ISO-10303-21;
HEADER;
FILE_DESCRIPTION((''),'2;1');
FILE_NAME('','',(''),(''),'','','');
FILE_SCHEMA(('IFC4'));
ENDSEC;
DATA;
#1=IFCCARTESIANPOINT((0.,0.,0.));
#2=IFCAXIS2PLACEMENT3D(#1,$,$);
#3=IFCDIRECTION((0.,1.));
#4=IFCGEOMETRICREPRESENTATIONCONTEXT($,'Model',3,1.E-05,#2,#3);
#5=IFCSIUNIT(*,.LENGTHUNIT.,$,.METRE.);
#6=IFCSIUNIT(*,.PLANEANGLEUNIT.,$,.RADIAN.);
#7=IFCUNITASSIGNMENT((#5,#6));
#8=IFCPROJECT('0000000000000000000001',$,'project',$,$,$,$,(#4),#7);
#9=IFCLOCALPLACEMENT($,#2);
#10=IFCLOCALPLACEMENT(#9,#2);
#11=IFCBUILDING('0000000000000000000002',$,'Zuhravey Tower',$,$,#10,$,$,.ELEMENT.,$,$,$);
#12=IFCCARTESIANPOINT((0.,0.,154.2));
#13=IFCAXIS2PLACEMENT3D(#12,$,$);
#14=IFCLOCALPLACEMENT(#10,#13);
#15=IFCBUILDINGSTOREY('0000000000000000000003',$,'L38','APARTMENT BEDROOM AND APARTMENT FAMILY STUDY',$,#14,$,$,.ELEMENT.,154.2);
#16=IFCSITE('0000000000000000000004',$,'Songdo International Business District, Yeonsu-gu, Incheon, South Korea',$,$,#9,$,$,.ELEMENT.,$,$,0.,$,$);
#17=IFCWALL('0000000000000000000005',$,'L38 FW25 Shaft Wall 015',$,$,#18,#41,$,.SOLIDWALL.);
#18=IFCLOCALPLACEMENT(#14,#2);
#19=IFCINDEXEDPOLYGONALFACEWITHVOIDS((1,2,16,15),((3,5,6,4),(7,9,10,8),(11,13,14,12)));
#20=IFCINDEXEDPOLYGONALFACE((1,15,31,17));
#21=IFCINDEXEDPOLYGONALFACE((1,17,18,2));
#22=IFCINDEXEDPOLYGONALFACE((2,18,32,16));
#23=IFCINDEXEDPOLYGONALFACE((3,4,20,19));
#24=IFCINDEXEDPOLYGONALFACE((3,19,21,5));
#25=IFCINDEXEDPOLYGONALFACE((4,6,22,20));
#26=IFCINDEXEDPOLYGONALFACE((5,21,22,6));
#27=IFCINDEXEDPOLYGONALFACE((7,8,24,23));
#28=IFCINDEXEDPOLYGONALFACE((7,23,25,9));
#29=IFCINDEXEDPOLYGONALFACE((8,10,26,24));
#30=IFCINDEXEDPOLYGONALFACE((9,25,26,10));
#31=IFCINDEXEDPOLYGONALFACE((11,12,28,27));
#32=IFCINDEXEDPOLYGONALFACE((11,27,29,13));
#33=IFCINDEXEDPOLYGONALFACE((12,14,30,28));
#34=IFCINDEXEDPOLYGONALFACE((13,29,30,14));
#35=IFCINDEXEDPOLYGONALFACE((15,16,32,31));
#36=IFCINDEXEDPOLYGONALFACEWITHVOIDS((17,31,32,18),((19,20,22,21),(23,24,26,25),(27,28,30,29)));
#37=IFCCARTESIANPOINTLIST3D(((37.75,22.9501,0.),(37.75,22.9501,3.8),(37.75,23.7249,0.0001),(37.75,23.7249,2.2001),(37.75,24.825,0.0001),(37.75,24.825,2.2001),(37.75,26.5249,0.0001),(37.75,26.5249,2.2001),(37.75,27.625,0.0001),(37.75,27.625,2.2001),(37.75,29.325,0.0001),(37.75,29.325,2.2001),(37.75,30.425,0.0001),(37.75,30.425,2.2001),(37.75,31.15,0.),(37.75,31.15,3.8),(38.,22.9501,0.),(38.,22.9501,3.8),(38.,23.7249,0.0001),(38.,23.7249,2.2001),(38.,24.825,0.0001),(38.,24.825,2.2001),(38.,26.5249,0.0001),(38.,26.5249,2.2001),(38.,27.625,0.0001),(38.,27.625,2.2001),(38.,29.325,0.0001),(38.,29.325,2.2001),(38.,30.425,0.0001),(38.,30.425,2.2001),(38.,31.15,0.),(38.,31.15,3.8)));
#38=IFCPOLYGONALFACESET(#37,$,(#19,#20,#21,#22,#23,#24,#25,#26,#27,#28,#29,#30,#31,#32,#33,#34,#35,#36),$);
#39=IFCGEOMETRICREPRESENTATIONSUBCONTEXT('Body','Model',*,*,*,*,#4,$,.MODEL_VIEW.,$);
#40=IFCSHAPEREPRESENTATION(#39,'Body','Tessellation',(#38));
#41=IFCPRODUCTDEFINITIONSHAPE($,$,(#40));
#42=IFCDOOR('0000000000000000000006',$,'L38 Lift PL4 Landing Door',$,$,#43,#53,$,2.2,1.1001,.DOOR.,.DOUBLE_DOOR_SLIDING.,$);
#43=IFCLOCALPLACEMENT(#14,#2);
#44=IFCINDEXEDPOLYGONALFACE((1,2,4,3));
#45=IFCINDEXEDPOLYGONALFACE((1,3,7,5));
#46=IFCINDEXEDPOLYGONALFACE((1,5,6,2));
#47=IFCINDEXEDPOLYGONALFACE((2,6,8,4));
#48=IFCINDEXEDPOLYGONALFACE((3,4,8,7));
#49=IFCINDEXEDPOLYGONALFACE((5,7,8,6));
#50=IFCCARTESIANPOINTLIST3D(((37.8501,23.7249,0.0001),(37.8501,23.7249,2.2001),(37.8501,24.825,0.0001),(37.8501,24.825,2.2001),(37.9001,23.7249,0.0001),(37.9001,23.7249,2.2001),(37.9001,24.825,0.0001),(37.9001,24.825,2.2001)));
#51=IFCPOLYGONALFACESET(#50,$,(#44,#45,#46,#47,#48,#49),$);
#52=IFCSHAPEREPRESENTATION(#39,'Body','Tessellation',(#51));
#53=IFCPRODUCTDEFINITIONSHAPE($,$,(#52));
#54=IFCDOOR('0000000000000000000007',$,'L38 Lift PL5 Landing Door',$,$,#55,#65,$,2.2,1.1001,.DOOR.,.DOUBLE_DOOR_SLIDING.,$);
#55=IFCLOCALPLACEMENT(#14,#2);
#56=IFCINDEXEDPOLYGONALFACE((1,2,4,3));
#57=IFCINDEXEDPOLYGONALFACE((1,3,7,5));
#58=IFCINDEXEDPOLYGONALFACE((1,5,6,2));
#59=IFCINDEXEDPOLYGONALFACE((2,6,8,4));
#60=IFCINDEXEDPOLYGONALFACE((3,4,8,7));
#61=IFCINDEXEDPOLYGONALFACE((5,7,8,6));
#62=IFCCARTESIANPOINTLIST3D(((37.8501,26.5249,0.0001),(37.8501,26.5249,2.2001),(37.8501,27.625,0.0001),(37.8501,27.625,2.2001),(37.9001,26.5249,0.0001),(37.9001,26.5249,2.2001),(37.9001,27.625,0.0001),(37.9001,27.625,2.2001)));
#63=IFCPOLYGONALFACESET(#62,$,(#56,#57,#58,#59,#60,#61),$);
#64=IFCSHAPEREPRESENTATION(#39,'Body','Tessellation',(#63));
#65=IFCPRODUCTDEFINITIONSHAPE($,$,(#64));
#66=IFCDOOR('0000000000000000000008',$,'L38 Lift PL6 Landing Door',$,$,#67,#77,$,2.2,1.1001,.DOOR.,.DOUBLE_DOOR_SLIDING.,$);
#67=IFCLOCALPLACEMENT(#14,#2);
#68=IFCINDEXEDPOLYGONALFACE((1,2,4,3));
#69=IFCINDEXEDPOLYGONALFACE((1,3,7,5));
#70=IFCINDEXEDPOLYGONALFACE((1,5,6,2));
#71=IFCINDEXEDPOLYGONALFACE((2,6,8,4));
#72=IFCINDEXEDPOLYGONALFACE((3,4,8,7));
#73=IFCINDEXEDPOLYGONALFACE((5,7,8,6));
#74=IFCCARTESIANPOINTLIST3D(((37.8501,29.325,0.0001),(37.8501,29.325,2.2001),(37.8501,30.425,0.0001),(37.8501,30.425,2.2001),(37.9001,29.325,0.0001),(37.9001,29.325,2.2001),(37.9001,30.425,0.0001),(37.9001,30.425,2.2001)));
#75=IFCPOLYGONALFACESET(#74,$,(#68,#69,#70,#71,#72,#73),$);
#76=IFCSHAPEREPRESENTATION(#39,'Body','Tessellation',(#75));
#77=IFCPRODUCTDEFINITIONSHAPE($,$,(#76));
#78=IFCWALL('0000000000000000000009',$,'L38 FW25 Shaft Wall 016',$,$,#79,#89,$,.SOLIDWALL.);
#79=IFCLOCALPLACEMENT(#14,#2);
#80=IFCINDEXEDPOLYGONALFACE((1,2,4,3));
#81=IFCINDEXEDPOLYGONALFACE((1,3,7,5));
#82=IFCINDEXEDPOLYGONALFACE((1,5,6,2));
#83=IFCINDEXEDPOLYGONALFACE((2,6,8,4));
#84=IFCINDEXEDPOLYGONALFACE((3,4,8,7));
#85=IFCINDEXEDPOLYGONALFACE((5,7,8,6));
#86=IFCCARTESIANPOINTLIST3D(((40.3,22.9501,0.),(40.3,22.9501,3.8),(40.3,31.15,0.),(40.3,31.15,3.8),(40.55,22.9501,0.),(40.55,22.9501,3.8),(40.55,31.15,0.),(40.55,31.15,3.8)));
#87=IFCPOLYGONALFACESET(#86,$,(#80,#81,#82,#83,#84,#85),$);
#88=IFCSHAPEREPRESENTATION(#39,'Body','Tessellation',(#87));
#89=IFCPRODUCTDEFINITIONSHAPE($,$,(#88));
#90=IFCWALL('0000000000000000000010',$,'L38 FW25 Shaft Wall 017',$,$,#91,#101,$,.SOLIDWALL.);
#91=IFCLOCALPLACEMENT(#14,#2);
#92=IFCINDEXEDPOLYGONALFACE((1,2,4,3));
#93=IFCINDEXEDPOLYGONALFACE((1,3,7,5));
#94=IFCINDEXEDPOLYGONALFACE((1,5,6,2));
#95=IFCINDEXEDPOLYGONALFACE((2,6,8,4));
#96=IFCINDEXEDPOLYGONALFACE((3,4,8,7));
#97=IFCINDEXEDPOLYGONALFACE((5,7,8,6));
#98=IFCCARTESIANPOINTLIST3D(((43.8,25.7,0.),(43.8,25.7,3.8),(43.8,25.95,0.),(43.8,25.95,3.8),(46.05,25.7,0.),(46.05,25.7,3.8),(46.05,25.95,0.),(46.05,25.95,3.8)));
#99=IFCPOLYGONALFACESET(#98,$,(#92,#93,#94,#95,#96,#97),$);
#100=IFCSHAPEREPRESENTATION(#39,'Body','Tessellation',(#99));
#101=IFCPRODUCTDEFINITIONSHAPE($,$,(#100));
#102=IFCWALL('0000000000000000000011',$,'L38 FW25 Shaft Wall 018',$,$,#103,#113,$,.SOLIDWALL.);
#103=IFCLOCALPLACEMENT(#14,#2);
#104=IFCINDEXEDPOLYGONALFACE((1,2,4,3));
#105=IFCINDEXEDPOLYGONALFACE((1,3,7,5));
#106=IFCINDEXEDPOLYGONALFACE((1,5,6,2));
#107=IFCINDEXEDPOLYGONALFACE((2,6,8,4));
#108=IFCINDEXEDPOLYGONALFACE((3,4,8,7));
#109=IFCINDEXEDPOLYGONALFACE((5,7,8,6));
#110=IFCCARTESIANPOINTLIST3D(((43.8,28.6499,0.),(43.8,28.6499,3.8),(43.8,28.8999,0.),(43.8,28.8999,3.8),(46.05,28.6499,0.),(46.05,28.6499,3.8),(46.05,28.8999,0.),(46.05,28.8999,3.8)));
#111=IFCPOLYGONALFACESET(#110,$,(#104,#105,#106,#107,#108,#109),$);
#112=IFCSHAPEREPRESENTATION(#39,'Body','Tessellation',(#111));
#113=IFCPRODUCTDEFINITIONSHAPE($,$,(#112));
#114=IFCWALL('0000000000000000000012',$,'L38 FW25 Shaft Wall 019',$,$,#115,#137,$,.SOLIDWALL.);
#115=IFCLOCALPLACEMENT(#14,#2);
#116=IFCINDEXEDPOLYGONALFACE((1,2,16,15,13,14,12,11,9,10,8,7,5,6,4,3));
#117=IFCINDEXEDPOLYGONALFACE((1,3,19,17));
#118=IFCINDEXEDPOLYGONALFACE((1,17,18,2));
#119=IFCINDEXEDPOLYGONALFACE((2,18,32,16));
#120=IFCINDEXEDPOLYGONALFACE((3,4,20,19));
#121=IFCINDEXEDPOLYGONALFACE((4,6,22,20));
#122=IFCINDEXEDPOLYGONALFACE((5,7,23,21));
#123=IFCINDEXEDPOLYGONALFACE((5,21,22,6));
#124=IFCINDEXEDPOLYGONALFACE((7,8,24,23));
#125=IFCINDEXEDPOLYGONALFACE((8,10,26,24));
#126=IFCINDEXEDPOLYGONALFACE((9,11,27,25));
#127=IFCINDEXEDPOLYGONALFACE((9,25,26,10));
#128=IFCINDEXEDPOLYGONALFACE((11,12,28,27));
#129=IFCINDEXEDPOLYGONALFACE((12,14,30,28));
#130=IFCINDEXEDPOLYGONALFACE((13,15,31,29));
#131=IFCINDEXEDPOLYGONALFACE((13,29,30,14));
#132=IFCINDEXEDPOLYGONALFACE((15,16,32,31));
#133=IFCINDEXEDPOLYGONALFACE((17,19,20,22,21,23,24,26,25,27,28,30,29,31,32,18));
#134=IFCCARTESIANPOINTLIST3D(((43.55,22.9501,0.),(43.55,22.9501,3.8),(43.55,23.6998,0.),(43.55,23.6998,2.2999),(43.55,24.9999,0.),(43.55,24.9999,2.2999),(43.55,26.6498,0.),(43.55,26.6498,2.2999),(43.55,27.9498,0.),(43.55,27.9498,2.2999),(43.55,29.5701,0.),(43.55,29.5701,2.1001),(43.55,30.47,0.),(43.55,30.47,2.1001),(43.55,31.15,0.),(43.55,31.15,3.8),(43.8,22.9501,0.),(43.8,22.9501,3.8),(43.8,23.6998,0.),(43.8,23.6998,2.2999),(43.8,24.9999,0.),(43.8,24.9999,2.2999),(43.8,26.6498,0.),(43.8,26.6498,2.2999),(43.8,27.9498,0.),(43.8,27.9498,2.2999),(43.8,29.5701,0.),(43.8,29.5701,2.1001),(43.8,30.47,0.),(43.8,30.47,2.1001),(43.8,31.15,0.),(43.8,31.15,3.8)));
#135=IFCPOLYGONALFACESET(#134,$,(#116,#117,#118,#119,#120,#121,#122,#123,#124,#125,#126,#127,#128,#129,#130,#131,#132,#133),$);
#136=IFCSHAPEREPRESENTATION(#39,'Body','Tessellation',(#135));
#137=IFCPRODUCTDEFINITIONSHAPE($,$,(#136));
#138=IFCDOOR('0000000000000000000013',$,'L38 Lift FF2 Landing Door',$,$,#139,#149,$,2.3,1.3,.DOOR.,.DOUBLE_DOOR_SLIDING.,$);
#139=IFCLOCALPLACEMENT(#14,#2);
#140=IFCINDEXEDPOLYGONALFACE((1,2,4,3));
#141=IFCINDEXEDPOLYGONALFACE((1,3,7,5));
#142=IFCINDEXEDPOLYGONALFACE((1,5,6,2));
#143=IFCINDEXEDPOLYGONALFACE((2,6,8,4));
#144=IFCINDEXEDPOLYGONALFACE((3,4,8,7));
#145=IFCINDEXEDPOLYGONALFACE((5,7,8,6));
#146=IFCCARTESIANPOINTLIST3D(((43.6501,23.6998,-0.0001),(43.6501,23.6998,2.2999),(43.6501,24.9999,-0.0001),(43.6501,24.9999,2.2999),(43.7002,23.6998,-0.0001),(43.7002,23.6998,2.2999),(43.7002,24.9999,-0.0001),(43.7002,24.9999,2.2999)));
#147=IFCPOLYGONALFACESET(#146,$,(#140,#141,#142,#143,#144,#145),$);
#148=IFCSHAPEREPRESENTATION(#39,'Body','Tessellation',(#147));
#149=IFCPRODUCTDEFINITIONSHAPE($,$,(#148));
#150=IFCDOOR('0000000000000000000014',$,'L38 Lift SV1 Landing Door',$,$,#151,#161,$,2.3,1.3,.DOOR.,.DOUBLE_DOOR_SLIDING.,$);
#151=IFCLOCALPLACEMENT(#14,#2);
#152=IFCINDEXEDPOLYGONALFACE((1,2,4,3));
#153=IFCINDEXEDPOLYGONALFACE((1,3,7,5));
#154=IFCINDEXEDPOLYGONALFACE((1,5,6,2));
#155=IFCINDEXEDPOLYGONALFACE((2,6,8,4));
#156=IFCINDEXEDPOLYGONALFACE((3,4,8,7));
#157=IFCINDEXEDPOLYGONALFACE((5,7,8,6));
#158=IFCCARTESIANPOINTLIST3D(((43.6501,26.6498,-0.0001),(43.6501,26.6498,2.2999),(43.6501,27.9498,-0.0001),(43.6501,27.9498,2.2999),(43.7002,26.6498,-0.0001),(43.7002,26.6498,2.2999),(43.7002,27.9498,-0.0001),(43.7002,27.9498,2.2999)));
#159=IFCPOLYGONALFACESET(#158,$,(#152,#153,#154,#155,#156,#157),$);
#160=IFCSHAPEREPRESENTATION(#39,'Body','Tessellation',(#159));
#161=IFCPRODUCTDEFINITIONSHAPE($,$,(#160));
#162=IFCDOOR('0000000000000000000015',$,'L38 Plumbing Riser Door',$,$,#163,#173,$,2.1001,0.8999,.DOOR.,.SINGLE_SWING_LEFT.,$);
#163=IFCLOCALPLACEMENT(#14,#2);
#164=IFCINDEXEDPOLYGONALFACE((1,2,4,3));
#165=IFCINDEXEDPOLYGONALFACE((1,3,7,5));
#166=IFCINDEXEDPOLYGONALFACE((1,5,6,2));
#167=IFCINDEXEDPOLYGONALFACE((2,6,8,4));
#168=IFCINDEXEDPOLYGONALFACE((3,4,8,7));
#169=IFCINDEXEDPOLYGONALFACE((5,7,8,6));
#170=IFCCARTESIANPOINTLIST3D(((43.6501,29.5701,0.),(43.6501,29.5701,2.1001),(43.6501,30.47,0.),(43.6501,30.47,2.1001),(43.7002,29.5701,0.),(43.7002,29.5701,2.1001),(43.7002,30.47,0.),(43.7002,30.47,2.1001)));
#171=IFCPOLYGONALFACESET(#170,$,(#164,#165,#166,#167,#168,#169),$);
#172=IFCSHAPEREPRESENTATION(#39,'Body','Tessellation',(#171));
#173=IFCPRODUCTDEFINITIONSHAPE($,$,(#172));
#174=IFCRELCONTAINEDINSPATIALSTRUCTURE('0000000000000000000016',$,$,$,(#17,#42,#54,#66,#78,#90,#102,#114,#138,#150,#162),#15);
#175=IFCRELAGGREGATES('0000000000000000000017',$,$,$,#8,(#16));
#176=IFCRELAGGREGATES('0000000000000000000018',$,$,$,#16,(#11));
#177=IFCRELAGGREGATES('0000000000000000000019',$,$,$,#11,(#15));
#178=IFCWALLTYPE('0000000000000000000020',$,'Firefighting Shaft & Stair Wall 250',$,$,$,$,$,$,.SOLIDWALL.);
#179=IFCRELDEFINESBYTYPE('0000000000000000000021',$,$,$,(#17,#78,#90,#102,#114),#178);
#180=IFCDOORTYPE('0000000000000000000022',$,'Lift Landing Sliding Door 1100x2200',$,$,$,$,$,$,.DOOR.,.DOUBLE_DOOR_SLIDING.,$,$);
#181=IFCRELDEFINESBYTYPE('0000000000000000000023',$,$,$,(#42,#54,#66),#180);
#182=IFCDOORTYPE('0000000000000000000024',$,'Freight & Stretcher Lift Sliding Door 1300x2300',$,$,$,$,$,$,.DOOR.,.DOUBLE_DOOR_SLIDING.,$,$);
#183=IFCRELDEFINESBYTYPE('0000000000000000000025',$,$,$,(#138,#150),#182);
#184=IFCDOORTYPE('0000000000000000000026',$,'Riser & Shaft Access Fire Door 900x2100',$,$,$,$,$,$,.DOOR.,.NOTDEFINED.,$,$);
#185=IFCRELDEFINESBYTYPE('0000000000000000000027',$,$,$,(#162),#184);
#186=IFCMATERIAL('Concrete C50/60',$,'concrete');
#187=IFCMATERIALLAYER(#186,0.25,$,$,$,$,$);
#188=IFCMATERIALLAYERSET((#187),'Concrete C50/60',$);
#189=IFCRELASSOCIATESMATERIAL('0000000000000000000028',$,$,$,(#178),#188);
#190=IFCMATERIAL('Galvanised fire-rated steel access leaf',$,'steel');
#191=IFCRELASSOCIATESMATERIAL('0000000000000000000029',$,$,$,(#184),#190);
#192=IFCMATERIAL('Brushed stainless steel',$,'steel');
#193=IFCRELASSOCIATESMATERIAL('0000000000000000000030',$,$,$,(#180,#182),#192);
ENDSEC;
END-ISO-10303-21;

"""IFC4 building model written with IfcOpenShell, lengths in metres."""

from ifc_helpers import new_model, si_unit, direction, frame, frame_2d, origin, place, context, subcontext, project, spatial, rectangle, extrude, material, layer, layer_set, type_object, element, fill, save


model = new_model("IFC4")

# Units and contexts
model_context = context("Model", 3, precision=1e-05, world=origin(), true_north=direction((0.0, 1.0)))
body_context = subcontext(model_context, "Body", "Model", "MODEL_VIEW")
ifc_project = project(units=[si_unit("LENGTHUNIT", "METRE"), si_unit("PLANEANGLEUNIT", "RADIAN")], contexts=[model_context])

# Site, building, storey
site_placement = place(None, origin())
site = spatial("IfcSite", under=ifc_project, at=site_placement, Name="Songdo International Business District, Yeonsu-gu, Incheon, South Korea", CompositionType="ELEMENT", RefElevation=0.0)
building_placement = place(site_placement, origin())
building = spatial("IfcBuilding", under=site, at=building_placement, Name="Zuhravey Tower", CompositionType="ELEMENT")
storey_placement = place(building_placement, frame((0.0, 0.0, 154.2)))
storey = spatial("IfcBuildingStorey", under=building, at=storey_placement, Name="L38", Description="APARTMENT BEDROOM AND APARTMENT FAMILY STUDY", CompositionType="ELEMENT", Elevation=154.2)

# Shared definitions
ifc_material_1 = material(Name="Concrete C50/60", Category="concrete")
ifc_layer_1 = layer(ifc_material_1, 0.25)
ifc_layer_set_1 = layer_set([ifc_layer_1], Name="Concrete C50/60")
wall_type_1 = type_object("IfcWallType", Name="Firefighting Shaft & Stair Wall 250", PredefinedType="SOLIDWALL", material=ifc_layer_set_1)

# Shared definitions
ifc_material_2 = material(Name="Galvanised fire-rated steel access leaf", Category="steel")
door_type_1 = type_object("IfcDoorType", Name="Riser & Shaft Access Fire Door 900x2100", OperationType="NOTDEFINED", PredefinedType="DOOR", material=ifc_material_2)

# Wall, openings, doors
wall_1_placement = place(storey_placement, frame((37.875, 22.95, 0.0), z_axis=(0.0, 0.0, 1.0), x_axis=(0.0, 1.0, 0.0)))
wall_1 = element("IfcWall", 1, at=wall_1_placement, inside=storey, type_object=wall_type_1, Name="L38 FW25 Shaft Wall 015", PredefinedType="SOLIDWALL", context=body_context, shape_type="SweptSolid", body=[
    extrude(rectangle(XDim=8.2, YDim=0.25, at=frame_2d((4.1001, 0.0))), origin(), (0.0, 0.0, 1.0), 3.8),
])
opening_1_placement = place(wall_1_placement, frame((0.7749, 0.0, 0.0)))
opening_1 = element("IfcOpeningElement", 2, at=opening_1_placement, cuts=wall_1, PredefinedType="OPENING", context=body_context, shape_type="SweptSolid", body=[
    extrude(rectangle(XDim=1.1001, YDim=2.2, at=frame_2d((0.55, 1.1001))), frame((0.0, 0.137, 0.0), z_axis=(0.0, -1.0, 0.0), x_axis=(1.0, 0.0, 0.0)), (0.0, 0.0, 1.0), 0.2739),
])
opening_2_placement = place(wall_1_placement, frame((3.575, 0.0, 0.0)))
opening_2 = element("IfcOpeningElement", 3, at=opening_2_placement, cuts=wall_1, PredefinedType="OPENING", context=body_context, shape_type="SweptSolid", body=[
    extrude(rectangle(XDim=1.1001, YDim=2.2, at=frame_2d((0.55, 1.1001))), frame((0.0, 0.137, 0.0), z_axis=(0.0, -1.0, 0.0), x_axis=(1.0, 0.0, 0.0)), (0.0, 0.0, 1.0), 0.2739),
])
opening_3_placement = place(wall_1_placement, frame((6.375, 0.0, 0.0)))
opening_3 = element("IfcOpeningElement", 4, at=opening_3_placement, cuts=wall_1, PredefinedType="OPENING", context=body_context, shape_type="SweptSolid", body=[
    extrude(rectangle(XDim=1.1001, YDim=2.2, at=frame_2d((0.55, 1.1001))), frame((0.0, 0.137, 0.0), z_axis=(0.0, -1.0, 0.0), x_axis=(1.0, 0.0, 0.0)), (0.0, 0.0, 1.0), 0.2739),
])
ifc_material_3 = material(Name="Brushed stainless steel", Category="steel")
door_type_2 = type_object("IfcDoorType", Name="Lift Landing Sliding Door 1100x2200", OperationType="DOUBLE_DOOR_SLIDING", PredefinedType="DOOR", material=ifc_material_3)
door_1_placement = place(opening_1_placement, origin())
door_1 = element("IfcDoor", 5, at=door_1_placement, inside=storey, type_object=door_type_2, Name="L38 Lift PL4 Landing Door", OperationType="DOUBLE_DOOR_SLIDING", OverallHeight=2.2, OverallWidth=1.1001, PredefinedType="DOOR", context=body_context, shape_type="SweptSolid", body=[
    extrude(rectangle(XDim=1.1001, YDim=2.2, at=frame_2d((0.55, 1.1001))), frame((0.0, 0.0249, 0.0), z_axis=(0.0, -1.0, 0.0), x_axis=(1.0, 0.0, 0.0)), (0.0, 0.0, 1.0), 0.05),
])
fill(opening_1, door_1)
door_2_placement = place(opening_2_placement, origin())
door_2 = element("IfcDoor", 6, at=door_2_placement, inside=storey, type_object=door_type_2, Name="L38 Lift PL5 Landing Door", OperationType="DOUBLE_DOOR_SLIDING", OverallHeight=2.2, OverallWidth=1.1001, PredefinedType="DOOR", context=body_context, shape_type="SweptSolid", body=[
    extrude(rectangle(XDim=1.1001, YDim=2.2, at=frame_2d((0.55, 1.1001))), frame((0.0, 0.0249, 0.0), z_axis=(0.0, -1.0, 0.0), x_axis=(1.0, 0.0, 0.0)), (0.0, 0.0, 1.0), 0.05),
])
fill(opening_2, door_2)
door_3_placement = place(opening_3_placement, origin())
door_3 = element("IfcDoor", 7, at=door_3_placement, inside=storey, type_object=door_type_2, Name="L38 Lift PL6 Landing Door", OperationType="DOUBLE_DOOR_SLIDING", OverallHeight=2.2, OverallWidth=1.1001, PredefinedType="DOOR", context=body_context, shape_type="SweptSolid", body=[
    extrude(rectangle(XDim=1.1001, YDim=2.2, at=frame_2d((0.55, 1.1001))), frame((0.0, 0.0249, 0.0), z_axis=(0.0, -1.0, 0.0), x_axis=(1.0, 0.0, 0.0)), (0.0, 0.0, 1.0), 0.05),
])
fill(opening_3, door_3)

# Walls
wall_2_placement = place(storey_placement, frame((40.425, 22.95, 0.0), z_axis=(0.0, 0.0, 1.0), x_axis=(0.0, 1.0, 0.0)))
element("IfcWall", 8, at=wall_2_placement, inside=storey, type_object=wall_type_1, Name="L38 FW25 Shaft Wall 016", PredefinedType="SOLIDWALL", context=body_context, shape_type="SweptSolid", body=[
    extrude(rectangle(XDim=8.2, YDim=0.25, at=frame_2d((4.1001, 0.0))), origin(), (0.0, 0.0, 1.0), 3.8),
])
for number, where, z_axis, x_axis, name in (
    (9, (43.8, 25.825, 0.0), (0.0, 0.0, 1.0), (1.0, 0.0, 0.0), "L38 FW25 Shaft Wall 017"),
    (10, (43.8, 28.7749, 0.0), (0.0, 0.0, 1.0), (1.0, 0.0, 0.0), "L38 FW25 Shaft Wall 018"),
):
    element("IfcWall", number, at=place(storey_placement, frame(where, z_axis=z_axis, x_axis=x_axis)), inside=storey, type_object=wall_type_1, Name=name, PredefinedType="SOLIDWALL", context=body_context, shape_type="SweptSolid", body=[
        extrude(rectangle(XDim=2.25, YDim=0.25, at=frame_2d((1.125, 0.0))), origin(), (0.0, 0.0, 1.0), 3.8),
    ])

# Wall, openings, doors
wall_3_placement = place(storey_placement, frame((43.675, 22.95, 0.0), z_axis=(0.0, 0.0, 1.0), x_axis=(0.0, 1.0, 0.0)))
wall_3 = element("IfcWall", 11, at=wall_3_placement, inside=storey, type_object=wall_type_1, Name="L38 FW25 Shaft Wall 019", PredefinedType="SOLIDWALL", context=body_context, shape_type="SweptSolid", body=[
    extrude(rectangle(XDim=8.2, YDim=0.25, at=frame_2d((4.1001, 0.0))), origin(), (0.0, 0.0, 1.0), 3.8),
])
opening_4_placement = place(wall_3_placement, frame((0.75, 0.0, 0.0)))
opening_4 = element("IfcOpeningElement", 12, at=opening_4_placement, cuts=wall_3, PredefinedType="OPENING", context=body_context, shape_type="SweptSolid", body=[
    extrude(rectangle(XDim=1.3, YDim=2.3, at=frame_2d((0.6499, 1.1499))), frame((0.0, 0.137, 0.0), z_axis=(0.0, -1.0, 0.0), x_axis=(1.0, 0.0, 0.0)), (0.0, 0.0, 1.0), 0.2739),
])
opening_5_placement = place(wall_3_placement, frame((3.7, 0.0, 0.0)))
opening_5 = element("IfcOpeningElement", 13, at=opening_5_placement, cuts=wall_3, PredefinedType="OPENING", context=body_context, shape_type="SweptSolid", body=[
    extrude(rectangle(XDim=1.3, YDim=2.3, at=frame_2d((0.6499, 1.1499))), frame((0.0, 0.137, 0.0), z_axis=(0.0, -1.0, 0.0), x_axis=(1.0, 0.0, 0.0)), (0.0, 0.0, 1.0), 0.2739),
])
opening_6_placement = place(wall_3_placement, frame((6.6201, 0.0, 0.0)))
opening_6 = element("IfcOpeningElement", 14, at=opening_6_placement, cuts=wall_3, PredefinedType="OPENING", context=body_context, shape_type="SweptSolid", body=[
    extrude(rectangle(XDim=0.8999, YDim=2.1001, at=frame_2d((0.45, 1.05))), frame((0.0, 0.137, 0.0), z_axis=(0.0, -1.0, 0.0), x_axis=(1.0, 0.0, 0.0)), (0.0, 0.0, 1.0), 0.2739),
])
door_type_3 = type_object("IfcDoorType", Name="Freight & Stretcher Lift Sliding Door 1300x2300", OperationType="DOUBLE_DOOR_SLIDING", PredefinedType="DOOR", material=ifc_material_3)
door_4_placement = place(opening_4_placement, origin())
door_4 = element("IfcDoor", 15, at=door_4_placement, inside=storey, type_object=door_type_3, Name="L38 Lift FF2 Landing Door", OperationType="DOUBLE_DOOR_SLIDING", OverallHeight=2.3, OverallWidth=1.3, PredefinedType="DOOR", context=body_context, shape_type="SweptSolid", body=[
    extrude(rectangle(XDim=1.3, YDim=2.3, at=frame_2d((0.6499, 1.1499))), frame((0.0, 0.0249, 0.0), z_axis=(0.0, -1.0, 0.0), x_axis=(1.0, 0.0, 0.0)), (0.0, 0.0, 1.0), 0.05),
])
fill(opening_4, door_4)
door_5_placement = place(opening_5_placement, origin())
door_5 = element("IfcDoor", 16, at=door_5_placement, inside=storey, type_object=door_type_3, Name="L38 Lift SV1 Landing Door", OperationType="DOUBLE_DOOR_SLIDING", OverallHeight=2.3, OverallWidth=1.3, PredefinedType="DOOR", context=body_context, shape_type="SweptSolid", body=[
    extrude(rectangle(XDim=1.3, YDim=2.3, at=frame_2d((0.6499, 1.1499))), frame((0.0, 0.0249, 0.0), z_axis=(0.0, -1.0, 0.0), x_axis=(1.0, 0.0, 0.0)), (0.0, 0.0, 1.0), 0.05),
])
fill(opening_5, door_5)
door_6_placement = place(opening_6_placement, origin())
door_6 = element("IfcDoor", 17, at=door_6_placement, inside=storey, type_object=door_type_1, Name="L38 Plumbing Riser Door", OperationType="SINGLE_SWING_LEFT", OverallHeight=2.1001, OverallWidth=0.8999, PredefinedType="DOOR", context=body_context, shape_type="SweptSolid", body=[
    extrude(rectangle(XDim=0.8999, YDim=2.1001, at=frame_2d((0.45, 1.05))), frame((0.0, 0.0249, 0.0), z_axis=(0.0, -1.0, 0.0), x_axis=(1.0, 0.0, 0.0)), (0.0, 0.0, 1.0), 0.05),
])
fill(opening_6, door_6)

save(model, "model.ifc")
